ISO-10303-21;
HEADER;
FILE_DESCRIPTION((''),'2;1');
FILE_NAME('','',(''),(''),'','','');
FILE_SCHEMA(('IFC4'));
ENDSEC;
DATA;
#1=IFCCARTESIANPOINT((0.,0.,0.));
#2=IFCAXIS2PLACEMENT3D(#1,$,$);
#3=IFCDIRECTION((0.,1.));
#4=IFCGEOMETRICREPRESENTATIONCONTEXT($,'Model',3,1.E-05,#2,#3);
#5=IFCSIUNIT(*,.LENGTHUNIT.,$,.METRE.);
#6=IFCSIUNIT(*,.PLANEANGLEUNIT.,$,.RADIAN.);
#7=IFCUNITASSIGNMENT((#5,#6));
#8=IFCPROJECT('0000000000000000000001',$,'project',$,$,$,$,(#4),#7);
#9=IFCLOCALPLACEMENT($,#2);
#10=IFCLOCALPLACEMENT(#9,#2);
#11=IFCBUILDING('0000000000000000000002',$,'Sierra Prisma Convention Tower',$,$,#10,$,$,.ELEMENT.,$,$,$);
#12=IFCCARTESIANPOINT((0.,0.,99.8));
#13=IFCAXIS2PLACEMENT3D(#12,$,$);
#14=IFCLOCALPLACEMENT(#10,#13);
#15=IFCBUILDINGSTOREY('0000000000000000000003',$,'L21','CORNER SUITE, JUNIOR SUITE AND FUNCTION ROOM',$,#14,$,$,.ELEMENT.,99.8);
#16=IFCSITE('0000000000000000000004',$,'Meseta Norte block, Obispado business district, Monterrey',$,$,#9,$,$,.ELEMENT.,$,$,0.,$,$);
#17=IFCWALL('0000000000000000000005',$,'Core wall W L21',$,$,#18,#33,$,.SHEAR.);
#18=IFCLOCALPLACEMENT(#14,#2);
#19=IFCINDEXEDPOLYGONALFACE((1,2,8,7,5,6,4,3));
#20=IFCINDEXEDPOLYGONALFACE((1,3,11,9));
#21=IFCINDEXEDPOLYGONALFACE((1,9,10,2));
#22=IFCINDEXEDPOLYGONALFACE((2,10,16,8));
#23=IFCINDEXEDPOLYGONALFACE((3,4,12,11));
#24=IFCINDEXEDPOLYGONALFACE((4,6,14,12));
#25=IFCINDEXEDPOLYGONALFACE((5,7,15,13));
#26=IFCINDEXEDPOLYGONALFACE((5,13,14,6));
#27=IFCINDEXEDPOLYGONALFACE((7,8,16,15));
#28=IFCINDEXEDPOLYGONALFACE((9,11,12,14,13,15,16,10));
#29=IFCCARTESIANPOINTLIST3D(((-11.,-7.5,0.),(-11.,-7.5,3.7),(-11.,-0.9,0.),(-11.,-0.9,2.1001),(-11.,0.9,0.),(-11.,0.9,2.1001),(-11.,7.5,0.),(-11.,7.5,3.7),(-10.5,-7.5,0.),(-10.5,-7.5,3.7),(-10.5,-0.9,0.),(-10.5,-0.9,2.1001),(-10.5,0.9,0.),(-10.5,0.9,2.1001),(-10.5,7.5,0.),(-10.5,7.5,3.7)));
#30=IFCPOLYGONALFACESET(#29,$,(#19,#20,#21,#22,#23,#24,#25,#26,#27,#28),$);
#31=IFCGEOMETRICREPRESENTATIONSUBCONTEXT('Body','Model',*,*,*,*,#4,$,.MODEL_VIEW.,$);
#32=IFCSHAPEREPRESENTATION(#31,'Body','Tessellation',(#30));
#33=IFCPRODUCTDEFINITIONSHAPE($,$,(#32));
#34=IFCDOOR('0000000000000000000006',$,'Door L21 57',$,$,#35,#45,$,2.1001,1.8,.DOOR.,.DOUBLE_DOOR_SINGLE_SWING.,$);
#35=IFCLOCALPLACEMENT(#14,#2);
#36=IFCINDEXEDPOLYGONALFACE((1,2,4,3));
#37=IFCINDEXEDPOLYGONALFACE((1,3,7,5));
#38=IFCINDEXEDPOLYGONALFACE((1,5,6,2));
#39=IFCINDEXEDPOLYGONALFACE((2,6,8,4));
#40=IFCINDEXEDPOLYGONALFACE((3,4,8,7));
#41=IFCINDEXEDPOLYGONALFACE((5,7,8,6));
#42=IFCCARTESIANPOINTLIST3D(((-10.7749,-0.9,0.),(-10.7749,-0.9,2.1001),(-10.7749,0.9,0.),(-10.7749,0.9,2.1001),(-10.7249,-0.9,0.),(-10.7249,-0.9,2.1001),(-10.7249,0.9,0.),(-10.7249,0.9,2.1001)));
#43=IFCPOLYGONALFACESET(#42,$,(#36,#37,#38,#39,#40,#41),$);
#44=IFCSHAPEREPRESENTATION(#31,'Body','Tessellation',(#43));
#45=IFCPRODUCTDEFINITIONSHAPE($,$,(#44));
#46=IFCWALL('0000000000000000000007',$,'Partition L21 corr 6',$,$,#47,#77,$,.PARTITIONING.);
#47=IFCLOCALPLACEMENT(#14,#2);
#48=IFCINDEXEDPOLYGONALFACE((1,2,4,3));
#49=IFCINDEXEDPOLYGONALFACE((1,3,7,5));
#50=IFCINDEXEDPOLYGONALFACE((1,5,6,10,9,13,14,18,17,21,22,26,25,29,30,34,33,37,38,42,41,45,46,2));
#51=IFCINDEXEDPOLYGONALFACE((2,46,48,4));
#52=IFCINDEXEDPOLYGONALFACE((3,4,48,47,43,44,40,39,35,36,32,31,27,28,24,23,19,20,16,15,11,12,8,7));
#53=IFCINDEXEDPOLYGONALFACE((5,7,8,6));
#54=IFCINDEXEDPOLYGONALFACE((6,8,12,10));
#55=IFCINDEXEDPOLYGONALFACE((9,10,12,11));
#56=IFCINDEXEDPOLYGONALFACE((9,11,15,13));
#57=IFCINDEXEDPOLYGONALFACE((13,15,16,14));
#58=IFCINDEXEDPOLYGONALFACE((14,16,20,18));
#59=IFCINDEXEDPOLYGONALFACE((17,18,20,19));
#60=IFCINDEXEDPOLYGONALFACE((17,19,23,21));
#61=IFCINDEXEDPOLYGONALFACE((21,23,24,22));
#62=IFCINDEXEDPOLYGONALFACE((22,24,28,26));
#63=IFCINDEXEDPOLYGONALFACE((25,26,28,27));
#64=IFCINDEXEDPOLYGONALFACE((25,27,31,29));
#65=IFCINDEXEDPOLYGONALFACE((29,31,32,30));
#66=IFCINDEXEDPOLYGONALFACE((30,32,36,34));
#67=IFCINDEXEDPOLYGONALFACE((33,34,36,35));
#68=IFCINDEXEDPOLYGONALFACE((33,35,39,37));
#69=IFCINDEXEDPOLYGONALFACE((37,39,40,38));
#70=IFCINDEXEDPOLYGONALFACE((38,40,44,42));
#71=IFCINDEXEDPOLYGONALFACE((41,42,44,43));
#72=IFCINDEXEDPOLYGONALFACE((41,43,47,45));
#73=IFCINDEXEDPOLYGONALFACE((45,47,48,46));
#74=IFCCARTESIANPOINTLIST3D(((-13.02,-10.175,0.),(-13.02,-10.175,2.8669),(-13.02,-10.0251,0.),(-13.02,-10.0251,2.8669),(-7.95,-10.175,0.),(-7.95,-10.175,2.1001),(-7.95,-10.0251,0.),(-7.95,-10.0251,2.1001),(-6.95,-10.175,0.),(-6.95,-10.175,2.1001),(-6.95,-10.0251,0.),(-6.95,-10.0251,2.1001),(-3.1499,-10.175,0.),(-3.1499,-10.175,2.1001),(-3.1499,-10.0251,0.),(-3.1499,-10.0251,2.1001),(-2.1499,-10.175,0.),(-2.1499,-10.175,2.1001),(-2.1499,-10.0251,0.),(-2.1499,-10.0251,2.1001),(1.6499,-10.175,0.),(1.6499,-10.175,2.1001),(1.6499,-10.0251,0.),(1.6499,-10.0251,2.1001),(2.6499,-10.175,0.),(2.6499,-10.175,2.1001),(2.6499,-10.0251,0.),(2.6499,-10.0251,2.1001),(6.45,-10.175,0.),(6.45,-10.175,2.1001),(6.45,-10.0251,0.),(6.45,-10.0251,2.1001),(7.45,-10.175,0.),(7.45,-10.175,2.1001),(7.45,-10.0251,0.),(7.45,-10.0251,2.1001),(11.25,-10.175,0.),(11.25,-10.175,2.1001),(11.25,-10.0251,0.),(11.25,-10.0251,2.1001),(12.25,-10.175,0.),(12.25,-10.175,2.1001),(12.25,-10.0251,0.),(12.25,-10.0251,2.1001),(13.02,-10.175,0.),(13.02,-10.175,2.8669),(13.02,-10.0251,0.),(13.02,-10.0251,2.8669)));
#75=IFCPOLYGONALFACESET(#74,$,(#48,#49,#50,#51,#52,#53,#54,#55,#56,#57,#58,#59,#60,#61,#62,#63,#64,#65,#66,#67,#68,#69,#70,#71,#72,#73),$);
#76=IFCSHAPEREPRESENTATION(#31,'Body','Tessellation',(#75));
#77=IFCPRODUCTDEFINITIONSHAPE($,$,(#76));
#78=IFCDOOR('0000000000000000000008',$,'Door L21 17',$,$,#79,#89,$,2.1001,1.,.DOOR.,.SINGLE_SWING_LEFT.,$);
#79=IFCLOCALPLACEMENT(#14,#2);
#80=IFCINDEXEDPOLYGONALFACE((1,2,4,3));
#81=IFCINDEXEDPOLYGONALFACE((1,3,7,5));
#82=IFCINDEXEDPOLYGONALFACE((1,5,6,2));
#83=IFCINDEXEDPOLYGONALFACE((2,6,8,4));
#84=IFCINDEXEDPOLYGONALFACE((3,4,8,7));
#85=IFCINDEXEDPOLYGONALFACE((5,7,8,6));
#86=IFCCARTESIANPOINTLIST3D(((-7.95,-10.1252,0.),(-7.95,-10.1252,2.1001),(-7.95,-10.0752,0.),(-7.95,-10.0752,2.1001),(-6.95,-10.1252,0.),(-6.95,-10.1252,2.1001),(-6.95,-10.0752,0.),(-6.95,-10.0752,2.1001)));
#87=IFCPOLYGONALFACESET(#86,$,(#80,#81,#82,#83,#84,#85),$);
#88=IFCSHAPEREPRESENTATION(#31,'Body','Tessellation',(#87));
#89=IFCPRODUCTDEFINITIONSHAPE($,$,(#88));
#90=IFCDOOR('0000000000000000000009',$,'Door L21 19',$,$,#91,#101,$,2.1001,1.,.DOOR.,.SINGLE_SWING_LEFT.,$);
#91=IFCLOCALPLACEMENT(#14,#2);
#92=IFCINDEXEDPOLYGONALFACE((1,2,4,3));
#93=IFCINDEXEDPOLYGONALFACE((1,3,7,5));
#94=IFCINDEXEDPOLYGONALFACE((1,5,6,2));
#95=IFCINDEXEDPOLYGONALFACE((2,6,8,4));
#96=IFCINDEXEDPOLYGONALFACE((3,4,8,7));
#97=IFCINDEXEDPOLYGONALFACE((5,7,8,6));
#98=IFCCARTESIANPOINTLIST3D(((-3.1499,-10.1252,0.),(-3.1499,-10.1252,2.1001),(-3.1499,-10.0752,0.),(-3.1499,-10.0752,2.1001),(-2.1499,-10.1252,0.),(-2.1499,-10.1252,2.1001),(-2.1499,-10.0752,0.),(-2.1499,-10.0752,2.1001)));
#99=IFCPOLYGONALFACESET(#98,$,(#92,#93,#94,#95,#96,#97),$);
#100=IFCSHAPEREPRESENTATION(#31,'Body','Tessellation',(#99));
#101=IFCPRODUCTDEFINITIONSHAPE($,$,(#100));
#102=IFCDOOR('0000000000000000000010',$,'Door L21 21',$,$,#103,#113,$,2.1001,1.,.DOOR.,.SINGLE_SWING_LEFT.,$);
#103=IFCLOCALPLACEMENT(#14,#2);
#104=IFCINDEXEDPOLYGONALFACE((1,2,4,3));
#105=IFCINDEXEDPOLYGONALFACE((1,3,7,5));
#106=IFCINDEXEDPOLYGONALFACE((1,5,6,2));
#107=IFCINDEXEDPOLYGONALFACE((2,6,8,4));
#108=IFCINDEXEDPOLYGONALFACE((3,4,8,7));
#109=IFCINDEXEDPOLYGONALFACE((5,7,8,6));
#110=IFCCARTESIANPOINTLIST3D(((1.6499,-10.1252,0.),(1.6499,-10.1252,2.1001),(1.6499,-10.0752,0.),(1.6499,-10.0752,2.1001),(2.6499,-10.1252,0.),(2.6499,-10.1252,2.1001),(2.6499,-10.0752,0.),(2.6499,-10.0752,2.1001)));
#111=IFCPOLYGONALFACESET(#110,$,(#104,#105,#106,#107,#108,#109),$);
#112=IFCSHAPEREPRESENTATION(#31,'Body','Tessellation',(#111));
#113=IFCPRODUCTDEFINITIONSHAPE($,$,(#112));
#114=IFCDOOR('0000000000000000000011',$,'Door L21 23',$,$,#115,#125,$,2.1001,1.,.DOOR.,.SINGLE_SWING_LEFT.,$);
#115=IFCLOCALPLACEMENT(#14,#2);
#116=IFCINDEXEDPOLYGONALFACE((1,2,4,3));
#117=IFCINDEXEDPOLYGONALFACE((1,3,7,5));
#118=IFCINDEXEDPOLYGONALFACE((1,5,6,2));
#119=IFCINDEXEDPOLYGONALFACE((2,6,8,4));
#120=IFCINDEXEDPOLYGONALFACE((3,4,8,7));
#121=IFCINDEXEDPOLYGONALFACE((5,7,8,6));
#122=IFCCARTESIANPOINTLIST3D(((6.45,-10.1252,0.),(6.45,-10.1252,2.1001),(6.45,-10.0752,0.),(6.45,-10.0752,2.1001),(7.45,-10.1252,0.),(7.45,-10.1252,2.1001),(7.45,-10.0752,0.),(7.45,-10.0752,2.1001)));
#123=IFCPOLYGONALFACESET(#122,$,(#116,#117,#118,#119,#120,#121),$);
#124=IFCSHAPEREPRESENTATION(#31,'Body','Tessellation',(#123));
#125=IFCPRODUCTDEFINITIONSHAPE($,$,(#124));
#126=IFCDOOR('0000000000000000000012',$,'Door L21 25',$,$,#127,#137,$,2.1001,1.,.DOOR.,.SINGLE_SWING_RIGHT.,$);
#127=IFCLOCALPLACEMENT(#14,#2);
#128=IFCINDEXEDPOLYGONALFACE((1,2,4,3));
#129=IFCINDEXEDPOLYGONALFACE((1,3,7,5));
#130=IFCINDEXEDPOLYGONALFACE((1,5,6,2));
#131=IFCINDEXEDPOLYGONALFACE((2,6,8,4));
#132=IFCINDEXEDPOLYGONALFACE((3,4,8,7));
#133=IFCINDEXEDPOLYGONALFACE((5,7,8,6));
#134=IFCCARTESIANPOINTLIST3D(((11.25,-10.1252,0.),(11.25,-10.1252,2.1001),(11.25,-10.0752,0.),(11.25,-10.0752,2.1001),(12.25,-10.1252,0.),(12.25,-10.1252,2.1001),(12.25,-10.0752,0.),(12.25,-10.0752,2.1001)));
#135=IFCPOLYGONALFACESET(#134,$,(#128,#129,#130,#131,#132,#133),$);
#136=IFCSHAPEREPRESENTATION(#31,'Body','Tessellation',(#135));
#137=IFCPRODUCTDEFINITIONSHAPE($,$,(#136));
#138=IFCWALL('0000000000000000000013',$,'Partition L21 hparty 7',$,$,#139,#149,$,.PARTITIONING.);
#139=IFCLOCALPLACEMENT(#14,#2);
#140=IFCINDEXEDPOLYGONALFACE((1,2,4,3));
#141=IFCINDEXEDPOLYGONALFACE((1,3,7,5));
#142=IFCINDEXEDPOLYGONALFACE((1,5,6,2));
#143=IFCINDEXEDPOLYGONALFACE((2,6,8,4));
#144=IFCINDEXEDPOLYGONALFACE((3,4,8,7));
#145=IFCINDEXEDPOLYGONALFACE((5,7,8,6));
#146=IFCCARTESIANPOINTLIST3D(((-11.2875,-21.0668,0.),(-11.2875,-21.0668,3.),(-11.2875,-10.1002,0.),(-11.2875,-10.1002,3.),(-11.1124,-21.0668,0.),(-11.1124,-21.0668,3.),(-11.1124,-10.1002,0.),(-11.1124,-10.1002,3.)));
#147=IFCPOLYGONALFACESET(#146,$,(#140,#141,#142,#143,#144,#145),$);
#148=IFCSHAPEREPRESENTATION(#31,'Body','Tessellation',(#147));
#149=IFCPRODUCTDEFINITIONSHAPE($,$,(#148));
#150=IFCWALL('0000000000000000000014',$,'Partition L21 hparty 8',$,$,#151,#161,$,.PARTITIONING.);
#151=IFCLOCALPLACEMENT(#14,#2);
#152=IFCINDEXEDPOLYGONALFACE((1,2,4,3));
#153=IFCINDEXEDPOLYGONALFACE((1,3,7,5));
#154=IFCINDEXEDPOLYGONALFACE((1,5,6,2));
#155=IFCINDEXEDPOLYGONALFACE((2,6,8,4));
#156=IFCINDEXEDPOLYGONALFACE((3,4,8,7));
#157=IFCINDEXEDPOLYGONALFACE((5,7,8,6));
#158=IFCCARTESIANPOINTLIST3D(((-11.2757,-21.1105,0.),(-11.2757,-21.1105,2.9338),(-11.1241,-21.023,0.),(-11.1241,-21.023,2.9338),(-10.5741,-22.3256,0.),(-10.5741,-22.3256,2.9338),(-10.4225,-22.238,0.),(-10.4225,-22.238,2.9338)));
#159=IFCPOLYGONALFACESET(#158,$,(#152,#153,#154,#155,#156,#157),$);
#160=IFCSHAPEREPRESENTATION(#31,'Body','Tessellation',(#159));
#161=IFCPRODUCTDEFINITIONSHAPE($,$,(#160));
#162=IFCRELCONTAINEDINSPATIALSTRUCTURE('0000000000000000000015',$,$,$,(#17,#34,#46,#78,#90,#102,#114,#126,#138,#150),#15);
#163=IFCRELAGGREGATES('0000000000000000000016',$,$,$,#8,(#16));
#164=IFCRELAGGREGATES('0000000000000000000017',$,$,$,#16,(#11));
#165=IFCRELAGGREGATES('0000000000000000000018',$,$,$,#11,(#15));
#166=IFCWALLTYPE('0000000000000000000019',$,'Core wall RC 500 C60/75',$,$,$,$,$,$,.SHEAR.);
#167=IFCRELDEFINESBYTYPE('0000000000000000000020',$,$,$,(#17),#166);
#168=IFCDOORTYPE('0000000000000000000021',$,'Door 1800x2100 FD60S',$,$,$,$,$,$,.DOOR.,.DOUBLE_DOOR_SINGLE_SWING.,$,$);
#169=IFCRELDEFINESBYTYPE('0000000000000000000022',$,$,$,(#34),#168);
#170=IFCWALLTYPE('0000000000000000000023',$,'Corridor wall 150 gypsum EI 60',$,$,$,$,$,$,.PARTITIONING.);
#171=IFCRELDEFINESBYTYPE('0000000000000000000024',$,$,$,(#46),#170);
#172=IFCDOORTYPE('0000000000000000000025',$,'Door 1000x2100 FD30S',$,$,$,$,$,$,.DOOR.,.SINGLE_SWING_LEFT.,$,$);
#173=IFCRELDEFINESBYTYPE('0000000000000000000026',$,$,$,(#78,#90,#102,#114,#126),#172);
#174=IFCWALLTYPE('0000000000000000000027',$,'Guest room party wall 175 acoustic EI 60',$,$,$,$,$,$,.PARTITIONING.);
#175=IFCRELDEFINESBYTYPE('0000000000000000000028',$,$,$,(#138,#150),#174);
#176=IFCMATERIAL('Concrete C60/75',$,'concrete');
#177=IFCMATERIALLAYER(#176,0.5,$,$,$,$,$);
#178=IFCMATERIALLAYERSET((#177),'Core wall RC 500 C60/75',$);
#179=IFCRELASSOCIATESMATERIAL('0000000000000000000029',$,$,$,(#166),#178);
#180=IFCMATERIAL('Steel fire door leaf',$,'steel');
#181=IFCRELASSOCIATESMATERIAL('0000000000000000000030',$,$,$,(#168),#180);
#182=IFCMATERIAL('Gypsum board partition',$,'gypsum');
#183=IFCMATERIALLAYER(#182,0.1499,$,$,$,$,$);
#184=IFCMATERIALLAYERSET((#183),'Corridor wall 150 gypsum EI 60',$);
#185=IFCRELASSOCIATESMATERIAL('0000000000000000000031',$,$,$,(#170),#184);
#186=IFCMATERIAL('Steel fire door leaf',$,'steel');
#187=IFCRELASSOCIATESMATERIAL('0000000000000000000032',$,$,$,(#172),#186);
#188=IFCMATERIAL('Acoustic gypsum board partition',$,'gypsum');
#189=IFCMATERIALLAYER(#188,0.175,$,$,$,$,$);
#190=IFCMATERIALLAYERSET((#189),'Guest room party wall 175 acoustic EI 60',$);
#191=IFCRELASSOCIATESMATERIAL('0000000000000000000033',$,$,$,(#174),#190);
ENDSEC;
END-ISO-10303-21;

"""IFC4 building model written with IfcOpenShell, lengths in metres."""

from ifc_helpers import new_model, si_unit, direction, frame, frame_2d, origin, place, context, subcontext, project, spatial, rectangle, extrude, material, layer, layer_set, type_object, element, fill, save


model = new_model("IFC4")

# Units and contexts
model_context = context("Model", 3, precision=1e-05, world=origin(), true_north=direction((0.0, 1.0)))
body_context = subcontext(model_context, "Body", "Model", "MODEL_VIEW")
ifc_project = project(units=[si_unit("LENGTHUNIT", "METRE"), si_unit("PLANEANGLEUNIT", "RADIAN")], contexts=[model_context])

# Site, building, storey
site_placement = place(None, origin())
site = spatial("IfcSite", under=ifc_project, at=site_placement, Name="Meseta Norte block, Obispado business district, Monterrey", CompositionType="ELEMENT", RefElevation=0.0)
building_placement = place(site_placement, origin())
building = spatial("IfcBuilding", under=site, at=building_placement, Name="Sierra Prisma Convention Tower", CompositionType="ELEMENT")
storey_placement = place(building_placement, frame((0.0, 0.0, 99.8)))
storey = spatial("IfcBuildingStorey", under=building, at=storey_placement, Name="L21", Description="CORNER SUITE, JUNIOR SUITE AND FUNCTION ROOM", CompositionType="ELEMENT", Elevation=99.8)

# Wall, opening, door
ifc_material_1 = material(Name="Concrete C60/75", Category="concrete")
ifc_layer_1 = layer(ifc_material_1, 0.5)
ifc_layer_set_1 = layer_set([ifc_layer_1], Name="Core wall RC 500 C60/75")
wall_type_1 = type_object("IfcWallType", Name="Core wall RC 500 C60/75", PredefinedType="SHEAR", material=ifc_layer_set_1)
wall_1_placement = place(storey_placement, frame((-10.75, -7.5, 0.0), z_axis=(0.0, 0.0, 1.0), x_axis=(0.0, 1.0, 0.0)))
wall_1 = element("IfcWall", 1, at=wall_1_placement, inside=storey, type_object=wall_type_1, Name="Core wall W L21", PredefinedType="SHEAR", context=body_context, shape_type="SweptSolid", body=[
    extrude(rectangle(XDim=15.0, YDim=0.5, at=frame_2d((7.5, 0.0))), origin(), (0.0, 0.0, 1.0), 3.7),
])
opening_1_placement = place(wall_1_placement, frame((6.6001, 0.0, 0.0)))
opening_1 = element("IfcOpeningElement", 2, at=opening_1_placement, cuts=wall_1, PredefinedType="OPENING", context=body_context, shape_type="SweptSolid", body=[
    extrude(rectangle(XDim=1.8, YDim=2.1001, at=frame_2d((0.8999, 1.05))), frame((0.0, 0.25, 0.0), z_axis=(0.0, -1.0, 0.0), x_axis=(1.0, 0.0, 0.0)), (0.0, 0.0, 1.0), 0.5),
])
ifc_material_2 = material(Name="Steel fire door leaf", Category="steel")
door_type_1 = type_object("IfcDoorType", Name="Door 1800x2100 FD60S", OperationType="DOUBLE_DOOR_SINGLE_SWING", PredefinedType="DOOR", material=ifc_material_2)
door_1_placement = place(opening_1_placement, origin())
door_1 = element("IfcDoor", 3, at=door_1_placement, inside=storey, type_object=door_type_1, Name="Door L21 57", OperationType="DOUBLE_DOOR_SINGLE_SWING", OverallHeight=2.1001, OverallWidth=1.8, PredefinedType="DOOR", context=body_context, shape_type="SweptSolid", body=[
    extrude(rectangle(XDim=1.8, YDim=2.1001, at=frame_2d((0.8999, 1.05))), frame((0.0, 0.0249, 0.0), z_axis=(0.0, -1.0, 0.0), x_axis=(1.0, 0.0, 0.0)), (0.0, 0.0, 1.0), 0.05),
])
fill(opening_1, door_1)

# Wall, openings, doors
ifc_material_3 = material(Name="Gypsum board partition", Category="gypsum")
ifc_layer_2 = layer(ifc_material_3, 0.1499)
ifc_layer_set_2 = layer_set([ifc_layer_2], Name="Corridor wall 150 gypsum EI 60")
wall_type_2 = type_object("IfcWallType", Name="Corridor wall 150 gypsum EI 60", PredefinedType="PARTITIONING", material=ifc_layer_set_2)
wall_2_placement = place(storey_placement, frame((-13.02, -10.1001, 0.0), z_axis=(0.0, 0.0, 1.0), x_axis=(1.0, 0.0, 0.0)))
wall_2 = element("IfcWall", 4, at=wall_2_placement, inside=storey, type_object=wall_type_2, Name="Partition L21 corr 6", PredefinedType="PARTITIONING", context=body_context, shape_type="SweptSolid", body=[
    extrude(rectangle(XDim=26.04, YDim=0.1499, at=frame_2d((13.02, 0.0))), origin(), (0.0, 0.0, 1.0), 2.8669),
])
opening_2_placement = place(wall_2_placement, frame((5.0701, 0.0, 0.0)))
opening_2 = element("IfcOpeningElement", 5, at=opening_2_placement, cuts=wall_2, PredefinedType="OPENING", context=body_context, shape_type="SweptSolid", body=[
    extrude(rectangle(XDim=1.0, YDim=2.1001, at=frame_2d((0.5, 1.05))), frame((0.0, 0.075, 0.0), z_axis=(0.0, -1.0, 0.0), x_axis=(1.0, 0.0, 0.0)), (0.0, 0.0, 1.0), 0.1499),
])
opening_3_placement = place(wall_2_placement, frame((9.8701, 0.0, 0.0)))
opening_3 = element("IfcOpeningElement", 6, at=opening_3_placement, cuts=wall_2, PredefinedType="OPENING", context=body_context, shape_type="SweptSolid", body=[
    extrude(rectangle(XDim=1.0, YDim=2.1001, at=frame_2d((0.5, 1.05))), frame((0.0, 0.075, 0.0), z_axis=(0.0, -1.0, 0.0), x_axis=(1.0, 0.0, 0.0)), (0.0, 0.0, 1.0), 0.1499),
])
opening_4_placement = place(wall_2_placement, frame((14.6699, 0.0, 0.0)))
opening_4 = element("IfcOpeningElement", 7, at=opening_4_placement, cuts=wall_2, PredefinedType="OPENING", context=body_context, shape_type="SweptSolid", body=[
    extrude(rectangle(XDim=1.0, YDim=2.1001, at=frame_2d((0.5, 1.05))), frame((0.0, 0.075, 0.0), z_axis=(0.0, -1.0, 0.0), x_axis=(1.0, 0.0, 0.0)), (0.0, 0.0, 1.0), 0.1499),
])
opening_5_placement = place(wall_2_placement, frame((19.47, 0.0, 0.0)))
opening_5 = element("IfcOpeningElement", 8, at=opening_5_placement, cuts=wall_2, PredefinedType="OPENING", context=body_context, shape_type="SweptSolid", body=[
    extrude(rectangle(XDim=1.0, YDim=2.1001, at=frame_2d((0.5, 1.05))), frame((0.0, 0.075, 0.0), z_axis=(0.0, -1.0, 0.0), x_axis=(1.0, 0.0, 0.0)), (0.0, 0.0, 1.0), 0.1499),
])
opening_6_placement = place(wall_2_placement, frame((24.27, 0.0, 0.0)))
opening_6 = element("IfcOpeningElement", 9, at=opening_6_placement, cuts=wall_2, PredefinedType="OPENING", context=body_context, shape_type="SweptSolid", body=[
    extrude(rectangle(XDim=1.0, YDim=2.1001, at=frame_2d((0.5, 1.05))), frame((0.0, 0.075, 0.0), z_axis=(0.0, -1.0, 0.0), x_axis=(1.0, 0.0, 0.0)), (0.0, 0.0, 1.0), 0.1499),
])
ifc_material_4 = material(Name="Steel fire door leaf", Category="steel")
door_type_2 = type_object("IfcDoorType", Name="Door 1000x2100 FD30S", OperationType="SINGLE_SWING_LEFT", PredefinedType="DOOR", material=ifc_material_4)
door_2_placement = place(opening_2_placement, origin())
door_2 = element("IfcDoor", 10, at=door_2_placement, inside=storey, type_object=door_type_2, Name="Door L21 17", OperationType="SINGLE_SWING_LEFT", OverallHeight=2.1001, OverallWidth=1.0, PredefinedType="DOOR", context=body_context, shape_type="SweptSolid", body=[
    extrude(rectangle(XDim=1.0, YDim=2.1001, at=frame_2d((0.5, 1.05))), frame((0.0, 0.0249, 0.0), z_axis=(0.0, -1.0, 0.0), x_axis=(1.0, 0.0, 0.0)), (0.0, 0.0, 1.0), 0.05),
])
fill(opening_2, door_2)
door_3_placement = place(opening_3_placement, origin())
door_3 = element("IfcDoor", 11, at=door_3_placement, inside=storey, type_object=door_type_2, Name="Door L21 19", OperationType="SINGLE_SWING_LEFT", OverallHeight=2.1001, OverallWidth=1.0, PredefinedType="DOOR", context=body_context, shape_type="SweptSolid", body=[
    extrude(rectangle(XDim=1.0, YDim=2.1001, at=frame_2d((0.5, 1.05))), frame((0.0, 0.0249, 0.0), z_axis=(0.0, -1.0, 0.0), x_axis=(1.0, 0.0, 0.0)), (0.0, 0.0, 1.0), 0.05),
])
fill(opening_3, door_3)
door_4_placement = place(opening_4_placement, origin())
door_4 = element("IfcDoor", 12, at=door_4_placement, inside=storey, type_object=door_type_2, Name="Door L21 21", OperationType="SINGLE_SWING_LEFT", OverallHeight=2.1001, OverallWidth=1.0, PredefinedType="DOOR", context=body_context, shape_type="SweptSolid", body=[
    extrude(rectangle(XDim=1.0, YDim=2.1001, at=frame_2d((0.5, 1.05))), frame((0.0, 0.0249, 0.0), z_axis=(0.0, -1.0, 0.0), x_axis=(1.0, 0.0, 0.0)), (0.0, 0.0, 1.0), 0.05),
])
fill(opening_4, door_4)
door_5_placement = place(opening_5_placement, origin())
door_5 = element("IfcDoor", 13, at=door_5_placement, inside=storey, type_object=door_type_2, Name="Door L21 23", OperationType="SINGLE_SWING_LEFT", OverallHeight=2.1001, OverallWidth=1.0, PredefinedType="DOOR", context=body_context, shape_type="SweptSolid", body=[
    extrude(rectangle(XDim=1.0, YDim=2.1001, at=frame_2d((0.5, 1.05))), frame((0.0, 0.0249, 0.0), z_axis=(0.0, -1.0, 0.0), x_axis=(1.0, 0.0, 0.0)), (0.0, 0.0, 1.0), 0.05),
])
fill(opening_5, door_5)
door_6_placement = place(opening_6_placement, origin())
door_6 = element("IfcDoor", 14, at=door_6_placement, inside=storey, type_object=door_type_2, Name="Door L21 25", OperationType="SINGLE_SWING_RIGHT", OverallHeight=2.1001, OverallWidth=1.0, PredefinedType="DOOR", context=body_context, shape_type="SweptSolid", body=[
    extrude(rectangle(XDim=1.0, YDim=2.1001, at=frame_2d((0.5, 1.05))), frame((0.0, 0.0249, 0.0), z_axis=(0.0, -1.0, 0.0), x_axis=(1.0, 0.0, 0.0)), (0.0, 0.0, 1.0), 0.05),
])
fill(opening_6, door_6)

# Walls
ifc_material_5 = material(Name="Acoustic gypsum board partition", Category="gypsum")
ifc_layer_3 = layer(ifc_material_5, 0.175)
ifc_layer_set_3 = layer_set([ifc_layer_3], Name="Guest room party wall 175 acoustic EI 60")
wall_type_3 = type_object("IfcWallType", Name="Guest room party wall 175 acoustic EI 60", PredefinedType="PARTITIONING", material=ifc_layer_set_3)
wall_3_placement = place(storey_placement, frame((-11.2, -10.1001, 0.0), z_axis=(0.0, 0.0, 1.0), x_axis=(0.0, -1.0, 0.0)))
element("IfcWall", 15, at=wall_3_placement, inside=storey, type_object=wall_type_3, Name="Partition L21 hparty 7", PredefinedType="PARTITIONING", context=body_context, shape_type="SweptSolid", body=[
    extrude(rectangle(XDim=10.9666, YDim=0.175, at=frame_2d((5.4834, 0.0))), origin(), (0.0, 0.0, 1.0), 3.0),
])
wall_4_placement = place(storey_placement, frame((-11.2, -21.0667, 0.0), z_axis=(0.0, 0.0, 1.0), x_axis=(0.500069, -0.865986, 0.0)))
element("IfcWall", 16, at=wall_4_placement, inside=storey, type_object=wall_type_3, Name="Partition L21 hparty 8", PredefinedType="PARTITIONING", context=body_context, shape_type="SweptSolid", body=[
    extrude(rectangle(XDim=1.4031, YDim=0.175, at=frame_2d((0.7017, 0.0))), origin(), (0.0, 0.0, 1.0), 2.9338),
])

save(model, "model.ifc")
